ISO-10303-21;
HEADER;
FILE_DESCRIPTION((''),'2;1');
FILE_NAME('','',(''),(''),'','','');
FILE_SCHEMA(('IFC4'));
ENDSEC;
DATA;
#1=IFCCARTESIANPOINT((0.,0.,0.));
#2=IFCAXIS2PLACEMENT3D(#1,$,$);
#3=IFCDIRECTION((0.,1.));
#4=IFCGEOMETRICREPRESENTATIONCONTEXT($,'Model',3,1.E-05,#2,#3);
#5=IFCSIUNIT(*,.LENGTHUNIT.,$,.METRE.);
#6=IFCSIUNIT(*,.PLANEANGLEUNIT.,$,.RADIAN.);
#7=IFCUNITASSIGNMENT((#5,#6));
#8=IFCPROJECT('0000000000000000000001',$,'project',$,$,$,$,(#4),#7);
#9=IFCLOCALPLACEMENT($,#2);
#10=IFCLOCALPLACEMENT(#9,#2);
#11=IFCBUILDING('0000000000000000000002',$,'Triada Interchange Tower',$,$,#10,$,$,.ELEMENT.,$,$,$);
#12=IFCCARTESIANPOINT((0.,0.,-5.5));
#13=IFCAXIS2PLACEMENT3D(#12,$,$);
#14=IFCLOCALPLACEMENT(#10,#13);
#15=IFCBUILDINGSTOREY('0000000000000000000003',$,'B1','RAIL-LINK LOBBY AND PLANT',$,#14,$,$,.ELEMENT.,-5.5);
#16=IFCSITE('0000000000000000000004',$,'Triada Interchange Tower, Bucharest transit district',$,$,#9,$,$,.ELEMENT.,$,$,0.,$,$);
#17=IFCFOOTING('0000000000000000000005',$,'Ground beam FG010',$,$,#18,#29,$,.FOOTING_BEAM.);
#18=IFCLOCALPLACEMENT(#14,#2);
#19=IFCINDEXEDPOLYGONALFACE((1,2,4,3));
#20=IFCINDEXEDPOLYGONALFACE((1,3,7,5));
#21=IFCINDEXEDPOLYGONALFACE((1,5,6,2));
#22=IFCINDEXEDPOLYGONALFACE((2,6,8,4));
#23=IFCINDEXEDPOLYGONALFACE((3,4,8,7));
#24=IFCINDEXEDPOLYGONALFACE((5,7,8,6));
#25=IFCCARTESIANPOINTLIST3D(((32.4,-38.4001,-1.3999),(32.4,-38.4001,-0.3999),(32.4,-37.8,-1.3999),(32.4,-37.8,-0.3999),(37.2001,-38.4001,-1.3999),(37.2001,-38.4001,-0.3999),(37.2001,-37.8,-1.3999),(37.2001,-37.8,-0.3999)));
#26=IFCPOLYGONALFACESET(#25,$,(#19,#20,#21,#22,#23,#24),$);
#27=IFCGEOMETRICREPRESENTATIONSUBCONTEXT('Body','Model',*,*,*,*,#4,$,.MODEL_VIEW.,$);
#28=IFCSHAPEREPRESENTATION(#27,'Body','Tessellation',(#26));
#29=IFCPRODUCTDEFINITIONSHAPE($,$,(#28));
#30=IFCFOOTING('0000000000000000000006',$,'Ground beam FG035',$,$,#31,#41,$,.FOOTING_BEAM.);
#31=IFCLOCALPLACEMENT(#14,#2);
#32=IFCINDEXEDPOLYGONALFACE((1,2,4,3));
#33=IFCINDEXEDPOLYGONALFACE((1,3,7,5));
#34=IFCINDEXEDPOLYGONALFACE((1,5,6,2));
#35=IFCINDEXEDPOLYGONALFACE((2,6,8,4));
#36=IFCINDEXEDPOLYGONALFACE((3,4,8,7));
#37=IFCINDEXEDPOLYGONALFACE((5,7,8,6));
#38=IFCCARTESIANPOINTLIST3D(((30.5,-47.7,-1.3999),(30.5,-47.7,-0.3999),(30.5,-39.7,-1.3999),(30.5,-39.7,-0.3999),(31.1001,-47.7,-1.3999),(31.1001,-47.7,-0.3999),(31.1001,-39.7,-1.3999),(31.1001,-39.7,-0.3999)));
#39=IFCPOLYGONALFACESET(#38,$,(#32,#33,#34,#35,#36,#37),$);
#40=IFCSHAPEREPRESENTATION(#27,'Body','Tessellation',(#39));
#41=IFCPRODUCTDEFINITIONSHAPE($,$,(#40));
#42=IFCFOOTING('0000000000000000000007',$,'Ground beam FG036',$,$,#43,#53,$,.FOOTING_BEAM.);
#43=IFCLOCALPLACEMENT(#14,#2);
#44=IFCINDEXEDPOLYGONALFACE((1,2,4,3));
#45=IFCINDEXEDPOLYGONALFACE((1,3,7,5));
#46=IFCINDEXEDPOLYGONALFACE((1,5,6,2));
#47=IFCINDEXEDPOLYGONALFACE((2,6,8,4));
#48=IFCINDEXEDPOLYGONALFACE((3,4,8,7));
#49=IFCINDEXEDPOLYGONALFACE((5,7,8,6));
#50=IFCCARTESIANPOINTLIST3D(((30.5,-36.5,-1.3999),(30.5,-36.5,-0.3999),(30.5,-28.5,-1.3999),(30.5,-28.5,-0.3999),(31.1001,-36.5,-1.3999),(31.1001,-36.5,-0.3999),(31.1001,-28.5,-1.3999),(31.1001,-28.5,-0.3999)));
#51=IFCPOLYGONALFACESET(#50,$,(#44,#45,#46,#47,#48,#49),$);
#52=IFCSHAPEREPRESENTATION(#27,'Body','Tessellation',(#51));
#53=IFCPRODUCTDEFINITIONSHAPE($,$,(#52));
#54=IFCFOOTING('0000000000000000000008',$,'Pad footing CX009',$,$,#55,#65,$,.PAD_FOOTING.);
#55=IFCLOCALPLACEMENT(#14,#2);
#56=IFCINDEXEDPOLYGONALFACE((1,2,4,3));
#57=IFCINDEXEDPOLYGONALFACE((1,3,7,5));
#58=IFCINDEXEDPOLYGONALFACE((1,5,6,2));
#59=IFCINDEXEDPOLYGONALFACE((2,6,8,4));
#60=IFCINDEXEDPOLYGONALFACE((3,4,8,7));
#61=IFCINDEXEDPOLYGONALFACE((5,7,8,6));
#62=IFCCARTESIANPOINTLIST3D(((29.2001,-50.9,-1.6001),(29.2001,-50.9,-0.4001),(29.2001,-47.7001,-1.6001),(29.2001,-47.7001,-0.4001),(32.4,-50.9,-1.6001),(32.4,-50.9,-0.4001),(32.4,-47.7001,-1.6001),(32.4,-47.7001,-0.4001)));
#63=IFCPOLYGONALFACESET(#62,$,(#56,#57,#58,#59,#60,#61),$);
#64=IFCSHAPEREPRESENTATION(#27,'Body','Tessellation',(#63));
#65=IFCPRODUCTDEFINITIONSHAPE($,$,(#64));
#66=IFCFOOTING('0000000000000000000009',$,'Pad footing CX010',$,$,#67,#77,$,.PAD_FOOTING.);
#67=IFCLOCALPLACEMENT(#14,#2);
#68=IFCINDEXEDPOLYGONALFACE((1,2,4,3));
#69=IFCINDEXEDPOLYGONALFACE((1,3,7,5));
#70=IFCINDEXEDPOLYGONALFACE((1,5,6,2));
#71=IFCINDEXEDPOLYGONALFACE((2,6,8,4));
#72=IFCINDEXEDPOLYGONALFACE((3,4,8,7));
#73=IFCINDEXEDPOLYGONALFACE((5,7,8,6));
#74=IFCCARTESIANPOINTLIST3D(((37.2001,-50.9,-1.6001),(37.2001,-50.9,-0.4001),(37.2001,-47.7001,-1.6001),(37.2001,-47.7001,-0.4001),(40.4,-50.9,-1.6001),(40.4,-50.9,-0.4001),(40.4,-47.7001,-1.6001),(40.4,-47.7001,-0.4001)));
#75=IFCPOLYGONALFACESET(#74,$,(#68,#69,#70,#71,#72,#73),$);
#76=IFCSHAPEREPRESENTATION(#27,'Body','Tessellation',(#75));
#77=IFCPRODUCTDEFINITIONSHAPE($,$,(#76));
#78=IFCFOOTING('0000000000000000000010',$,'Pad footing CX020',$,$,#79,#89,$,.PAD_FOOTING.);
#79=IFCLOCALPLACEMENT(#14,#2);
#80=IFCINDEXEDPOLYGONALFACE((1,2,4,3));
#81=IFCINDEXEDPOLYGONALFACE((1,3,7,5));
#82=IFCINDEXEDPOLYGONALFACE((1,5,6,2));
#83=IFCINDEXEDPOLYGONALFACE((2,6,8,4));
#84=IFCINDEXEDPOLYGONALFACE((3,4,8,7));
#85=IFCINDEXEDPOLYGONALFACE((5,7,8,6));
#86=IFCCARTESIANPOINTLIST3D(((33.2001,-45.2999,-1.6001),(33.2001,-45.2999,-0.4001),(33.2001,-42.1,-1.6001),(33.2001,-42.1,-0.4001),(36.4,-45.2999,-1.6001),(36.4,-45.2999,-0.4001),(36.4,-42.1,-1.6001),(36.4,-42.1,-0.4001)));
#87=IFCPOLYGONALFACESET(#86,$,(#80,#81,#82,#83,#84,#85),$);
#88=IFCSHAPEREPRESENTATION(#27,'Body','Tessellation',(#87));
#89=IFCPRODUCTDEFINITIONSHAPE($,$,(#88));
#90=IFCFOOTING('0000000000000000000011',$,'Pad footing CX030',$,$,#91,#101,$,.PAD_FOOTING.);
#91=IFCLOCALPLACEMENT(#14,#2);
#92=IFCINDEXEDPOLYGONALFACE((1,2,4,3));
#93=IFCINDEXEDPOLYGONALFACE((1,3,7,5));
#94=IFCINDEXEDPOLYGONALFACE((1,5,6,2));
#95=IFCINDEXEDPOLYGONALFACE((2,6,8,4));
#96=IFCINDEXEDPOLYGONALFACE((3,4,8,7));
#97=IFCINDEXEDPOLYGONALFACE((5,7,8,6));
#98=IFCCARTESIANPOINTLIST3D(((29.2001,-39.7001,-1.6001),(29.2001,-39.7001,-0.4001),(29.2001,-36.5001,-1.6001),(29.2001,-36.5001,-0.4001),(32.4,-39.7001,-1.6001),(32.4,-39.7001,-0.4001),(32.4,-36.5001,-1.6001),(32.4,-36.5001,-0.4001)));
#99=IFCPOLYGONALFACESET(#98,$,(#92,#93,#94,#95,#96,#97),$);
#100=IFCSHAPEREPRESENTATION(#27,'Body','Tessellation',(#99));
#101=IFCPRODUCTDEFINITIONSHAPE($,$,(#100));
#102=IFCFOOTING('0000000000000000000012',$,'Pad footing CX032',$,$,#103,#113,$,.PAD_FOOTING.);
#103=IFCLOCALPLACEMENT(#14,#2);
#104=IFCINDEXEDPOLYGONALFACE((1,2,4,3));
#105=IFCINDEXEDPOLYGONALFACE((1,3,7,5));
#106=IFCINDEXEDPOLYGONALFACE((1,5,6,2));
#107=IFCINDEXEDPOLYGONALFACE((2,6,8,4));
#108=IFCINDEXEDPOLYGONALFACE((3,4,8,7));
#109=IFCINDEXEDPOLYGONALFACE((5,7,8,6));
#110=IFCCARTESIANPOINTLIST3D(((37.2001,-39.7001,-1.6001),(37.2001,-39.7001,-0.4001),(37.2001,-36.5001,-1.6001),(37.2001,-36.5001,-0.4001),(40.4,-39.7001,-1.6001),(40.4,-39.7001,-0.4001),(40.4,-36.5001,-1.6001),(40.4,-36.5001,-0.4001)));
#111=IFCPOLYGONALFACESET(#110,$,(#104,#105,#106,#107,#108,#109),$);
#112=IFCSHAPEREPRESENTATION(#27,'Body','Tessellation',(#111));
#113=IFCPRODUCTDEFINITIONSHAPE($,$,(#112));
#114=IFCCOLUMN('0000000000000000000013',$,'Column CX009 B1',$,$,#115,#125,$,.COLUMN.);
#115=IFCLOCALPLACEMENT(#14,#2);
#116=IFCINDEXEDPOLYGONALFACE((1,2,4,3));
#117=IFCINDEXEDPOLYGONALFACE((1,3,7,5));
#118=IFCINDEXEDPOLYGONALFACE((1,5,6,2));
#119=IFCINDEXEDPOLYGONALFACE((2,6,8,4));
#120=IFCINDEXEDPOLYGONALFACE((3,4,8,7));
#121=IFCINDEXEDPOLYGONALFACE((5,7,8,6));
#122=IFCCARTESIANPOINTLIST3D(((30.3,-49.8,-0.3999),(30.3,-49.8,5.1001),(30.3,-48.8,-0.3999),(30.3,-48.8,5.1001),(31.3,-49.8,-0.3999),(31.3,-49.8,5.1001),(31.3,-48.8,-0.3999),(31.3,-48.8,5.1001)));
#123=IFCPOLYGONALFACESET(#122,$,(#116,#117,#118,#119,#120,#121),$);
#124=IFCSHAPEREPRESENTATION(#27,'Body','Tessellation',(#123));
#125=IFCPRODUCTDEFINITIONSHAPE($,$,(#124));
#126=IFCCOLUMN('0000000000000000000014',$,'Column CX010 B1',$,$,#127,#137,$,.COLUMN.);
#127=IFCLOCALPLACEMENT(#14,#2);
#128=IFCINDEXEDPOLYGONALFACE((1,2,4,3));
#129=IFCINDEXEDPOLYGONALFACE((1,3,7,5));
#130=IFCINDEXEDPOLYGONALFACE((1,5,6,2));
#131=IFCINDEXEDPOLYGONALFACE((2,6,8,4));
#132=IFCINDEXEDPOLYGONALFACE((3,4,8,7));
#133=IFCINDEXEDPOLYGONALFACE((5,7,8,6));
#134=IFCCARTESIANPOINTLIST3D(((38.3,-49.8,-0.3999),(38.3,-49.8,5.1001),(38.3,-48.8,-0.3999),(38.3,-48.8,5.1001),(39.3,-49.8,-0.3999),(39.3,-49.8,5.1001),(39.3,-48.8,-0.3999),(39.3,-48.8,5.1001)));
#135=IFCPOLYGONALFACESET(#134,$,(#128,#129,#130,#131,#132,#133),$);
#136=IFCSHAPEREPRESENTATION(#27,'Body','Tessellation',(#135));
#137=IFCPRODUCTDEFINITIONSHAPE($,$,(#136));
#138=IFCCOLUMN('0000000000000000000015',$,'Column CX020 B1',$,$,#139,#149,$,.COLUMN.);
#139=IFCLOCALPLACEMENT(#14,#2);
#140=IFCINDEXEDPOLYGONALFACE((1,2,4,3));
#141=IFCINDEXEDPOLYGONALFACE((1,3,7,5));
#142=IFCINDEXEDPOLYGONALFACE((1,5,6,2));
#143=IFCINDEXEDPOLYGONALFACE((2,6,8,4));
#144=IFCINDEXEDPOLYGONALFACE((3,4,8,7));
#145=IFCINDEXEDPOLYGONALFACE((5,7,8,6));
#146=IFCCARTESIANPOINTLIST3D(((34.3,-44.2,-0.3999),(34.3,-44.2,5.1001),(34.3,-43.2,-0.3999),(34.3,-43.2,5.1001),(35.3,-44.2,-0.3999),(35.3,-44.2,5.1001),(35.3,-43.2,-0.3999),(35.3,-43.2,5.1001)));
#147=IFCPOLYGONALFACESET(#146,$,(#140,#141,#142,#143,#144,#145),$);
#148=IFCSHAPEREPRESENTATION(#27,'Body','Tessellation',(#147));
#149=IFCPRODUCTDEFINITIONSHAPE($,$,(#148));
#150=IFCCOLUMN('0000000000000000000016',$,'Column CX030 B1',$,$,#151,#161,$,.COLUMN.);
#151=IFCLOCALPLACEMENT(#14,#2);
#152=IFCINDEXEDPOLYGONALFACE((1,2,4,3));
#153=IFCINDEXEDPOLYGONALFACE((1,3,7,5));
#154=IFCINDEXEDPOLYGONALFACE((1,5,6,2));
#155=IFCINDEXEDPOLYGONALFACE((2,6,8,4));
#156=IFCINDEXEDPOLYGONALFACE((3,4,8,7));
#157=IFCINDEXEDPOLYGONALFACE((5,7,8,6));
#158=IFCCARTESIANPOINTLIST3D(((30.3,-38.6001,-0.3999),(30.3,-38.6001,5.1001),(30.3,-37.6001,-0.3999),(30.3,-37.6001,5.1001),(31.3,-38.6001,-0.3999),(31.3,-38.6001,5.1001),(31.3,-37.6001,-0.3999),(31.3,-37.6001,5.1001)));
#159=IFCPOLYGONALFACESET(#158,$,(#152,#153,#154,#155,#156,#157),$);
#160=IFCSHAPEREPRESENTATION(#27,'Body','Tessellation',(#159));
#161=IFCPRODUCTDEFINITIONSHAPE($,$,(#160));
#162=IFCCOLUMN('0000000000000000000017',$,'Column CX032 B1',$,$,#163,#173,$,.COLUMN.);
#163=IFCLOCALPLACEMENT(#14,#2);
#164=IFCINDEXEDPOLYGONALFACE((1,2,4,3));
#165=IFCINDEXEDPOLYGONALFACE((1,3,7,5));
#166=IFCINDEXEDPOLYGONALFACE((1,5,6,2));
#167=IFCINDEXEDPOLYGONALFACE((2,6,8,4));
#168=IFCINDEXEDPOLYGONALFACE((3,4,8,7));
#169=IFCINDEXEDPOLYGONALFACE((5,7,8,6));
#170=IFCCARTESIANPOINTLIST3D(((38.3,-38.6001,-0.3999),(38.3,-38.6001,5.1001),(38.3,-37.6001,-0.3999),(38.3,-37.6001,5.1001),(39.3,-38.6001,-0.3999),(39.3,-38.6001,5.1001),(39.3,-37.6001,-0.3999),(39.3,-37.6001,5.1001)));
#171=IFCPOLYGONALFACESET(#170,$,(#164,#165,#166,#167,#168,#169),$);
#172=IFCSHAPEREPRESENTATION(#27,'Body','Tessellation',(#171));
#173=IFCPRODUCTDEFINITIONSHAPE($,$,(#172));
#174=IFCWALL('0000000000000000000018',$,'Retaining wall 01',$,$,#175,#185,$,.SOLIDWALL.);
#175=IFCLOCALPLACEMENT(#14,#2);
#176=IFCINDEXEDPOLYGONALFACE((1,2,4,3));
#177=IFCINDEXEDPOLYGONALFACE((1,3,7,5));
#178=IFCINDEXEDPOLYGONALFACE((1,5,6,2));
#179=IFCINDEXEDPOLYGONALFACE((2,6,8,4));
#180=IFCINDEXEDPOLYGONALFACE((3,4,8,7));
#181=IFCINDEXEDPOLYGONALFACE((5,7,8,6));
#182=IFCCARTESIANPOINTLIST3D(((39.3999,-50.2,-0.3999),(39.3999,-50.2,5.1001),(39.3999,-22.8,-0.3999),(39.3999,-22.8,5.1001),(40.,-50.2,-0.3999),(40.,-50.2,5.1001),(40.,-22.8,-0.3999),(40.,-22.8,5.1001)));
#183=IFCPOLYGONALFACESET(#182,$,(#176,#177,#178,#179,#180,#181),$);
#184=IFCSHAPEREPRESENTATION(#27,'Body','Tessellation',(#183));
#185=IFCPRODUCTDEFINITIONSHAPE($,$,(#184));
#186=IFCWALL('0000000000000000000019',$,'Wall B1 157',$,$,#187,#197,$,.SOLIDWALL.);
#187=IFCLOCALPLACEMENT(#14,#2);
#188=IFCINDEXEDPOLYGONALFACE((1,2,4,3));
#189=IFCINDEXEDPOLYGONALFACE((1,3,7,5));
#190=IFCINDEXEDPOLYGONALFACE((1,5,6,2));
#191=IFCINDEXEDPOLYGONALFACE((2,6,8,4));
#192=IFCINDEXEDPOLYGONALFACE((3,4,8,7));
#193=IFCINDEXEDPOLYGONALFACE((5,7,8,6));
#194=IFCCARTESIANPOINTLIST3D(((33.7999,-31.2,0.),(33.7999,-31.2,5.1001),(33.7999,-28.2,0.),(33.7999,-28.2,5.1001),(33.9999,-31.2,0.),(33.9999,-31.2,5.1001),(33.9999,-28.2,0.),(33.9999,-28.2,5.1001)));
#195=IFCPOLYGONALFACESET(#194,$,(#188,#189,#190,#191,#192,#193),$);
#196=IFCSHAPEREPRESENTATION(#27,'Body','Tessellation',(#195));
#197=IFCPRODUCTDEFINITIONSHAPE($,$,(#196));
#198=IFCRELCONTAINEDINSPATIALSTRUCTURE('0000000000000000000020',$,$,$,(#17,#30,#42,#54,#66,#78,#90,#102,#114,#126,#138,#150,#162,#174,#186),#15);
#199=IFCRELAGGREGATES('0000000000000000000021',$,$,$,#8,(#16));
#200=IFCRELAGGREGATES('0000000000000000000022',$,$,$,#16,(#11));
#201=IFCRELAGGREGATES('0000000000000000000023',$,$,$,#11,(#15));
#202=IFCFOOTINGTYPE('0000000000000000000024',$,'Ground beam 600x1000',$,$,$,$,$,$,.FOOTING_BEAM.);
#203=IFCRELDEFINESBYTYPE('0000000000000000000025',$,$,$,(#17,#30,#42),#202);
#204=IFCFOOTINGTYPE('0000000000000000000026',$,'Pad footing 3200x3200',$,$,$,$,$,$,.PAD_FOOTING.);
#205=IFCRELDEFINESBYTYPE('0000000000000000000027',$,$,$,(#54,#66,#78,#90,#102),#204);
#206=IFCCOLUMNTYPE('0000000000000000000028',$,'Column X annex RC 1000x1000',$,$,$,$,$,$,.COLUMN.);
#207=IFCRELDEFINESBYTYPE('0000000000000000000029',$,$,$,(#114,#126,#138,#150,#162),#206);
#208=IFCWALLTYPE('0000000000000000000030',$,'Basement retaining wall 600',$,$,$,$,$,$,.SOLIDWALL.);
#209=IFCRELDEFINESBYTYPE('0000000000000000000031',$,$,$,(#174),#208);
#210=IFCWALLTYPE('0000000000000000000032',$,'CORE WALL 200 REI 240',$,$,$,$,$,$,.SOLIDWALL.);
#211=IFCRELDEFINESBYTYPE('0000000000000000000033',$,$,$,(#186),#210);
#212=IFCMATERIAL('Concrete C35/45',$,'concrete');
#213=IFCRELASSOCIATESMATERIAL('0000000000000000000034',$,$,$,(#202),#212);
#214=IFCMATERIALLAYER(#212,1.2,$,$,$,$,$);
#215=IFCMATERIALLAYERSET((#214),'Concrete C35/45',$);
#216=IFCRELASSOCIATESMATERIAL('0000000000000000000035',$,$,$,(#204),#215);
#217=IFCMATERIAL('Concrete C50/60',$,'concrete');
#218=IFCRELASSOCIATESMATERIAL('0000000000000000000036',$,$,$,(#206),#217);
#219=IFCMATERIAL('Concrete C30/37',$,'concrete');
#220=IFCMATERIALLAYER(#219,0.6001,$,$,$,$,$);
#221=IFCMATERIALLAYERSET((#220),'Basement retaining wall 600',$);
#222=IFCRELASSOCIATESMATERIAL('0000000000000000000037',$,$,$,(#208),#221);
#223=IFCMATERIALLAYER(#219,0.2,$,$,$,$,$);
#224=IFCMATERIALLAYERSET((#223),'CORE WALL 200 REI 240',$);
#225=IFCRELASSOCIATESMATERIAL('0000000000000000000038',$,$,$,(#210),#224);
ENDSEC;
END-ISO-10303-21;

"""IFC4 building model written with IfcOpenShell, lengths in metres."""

from ifc_helpers import new_model, si_unit, direction, frame, frame_2d, origin, origin_2d, place, context, subcontext, project, spatial, rectangle, extrude, material, layer, layer_set, material_profile, profile_set, type_object, element, save


model = new_model("IFC4")

# Units and contexts
model_context = context("Model", 3, precision=1e-05, world=origin(), true_north=direction((0.0, 1.0)))
body_context = subcontext(model_context, "Body", "Model", "MODEL_VIEW")
ifc_project = project(units=[si_unit("LENGTHUNIT", "METRE"), si_unit("PLANEANGLEUNIT", "RADIAN")], contexts=[model_context])

# Site, building, storey
site_placement = place(None, origin())
site = spatial("IfcSite", under=ifc_project, at=site_placement, Name="Triada Interchange Tower, Bucharest transit district", CompositionType="ELEMENT", RefElevation=0.0)
building_placement = place(site_placement, origin())
building = spatial("IfcBuilding", under=site, at=building_placement, Name="Triada Interchange Tower", CompositionType="ELEMENT")
storey_placement = place(building_placement, frame((0.0, 0.0, -5.5)))
storey = spatial("IfcBuildingStorey", under=building, at=storey_placement, Name="B1", Description="RAIL-LINK LOBBY AND PLANT", CompositionType="ELEMENT", Elevation=-5.5)

# Footings
ifc_material_1 = material(Name="Concrete C35/45", Category="concrete")
footing_type_1 = type_object("IfcFootingType", Name="Ground beam 600x1000", PredefinedType="FOOTING_BEAM", material=ifc_material_1)
footing_placement = place(storey_placement, frame((34.8, -38.1001, -1.3999), z_axis=(0.0, 0.0, 1.0), x_axis=(1.0, 0.0, 0.0)))
element("IfcFooting", 1, at=footing_placement, inside=storey, type_object=footing_type_1, Name="Ground beam FG010", PredefinedType="FOOTING_BEAM", context=body_context, shape_type="SweptSolid", body=[
    extrude(rectangle(XDim=4.8, YDim=0.6001, at=origin_2d()), origin(), (0.0, 0.0, 1.0), 1.0),
])
for number, where, z_axis, x_axis, name in (
    (2, (30.8, -43.7, -1.3999), (0.0, 0.0, 1.0), (1.0, 0.0, 0.0), "Ground beam FG035"),
    (3, (30.8, -32.5, -1.3999), (0.0, 0.0, 1.0), (1.0, 0.0, 0.0), "Ground beam FG036"),
):
    element("IfcFooting", number, at=place(storey_placement, frame(where, z_axis=z_axis, x_axis=x_axis)), inside=storey, type_object=footing_type_1, Name=name, PredefinedType="FOOTING_BEAM", context=body_context, shape_type="SweptSolid", body=[
        extrude(rectangle(XDim=0.6001, YDim=8.0, at=origin_2d()), origin(), (0.0, 0.0, 1.0), 1.0),
    ])
ifc_layer_1 = layer(ifc_material_1, 1.2)
ifc_layer_set_1 = layer_set([ifc_layer_1], Name="Concrete C35/45")
footing_type_2 = type_object("IfcFootingType", Name="Pad footing 3200x3200", PredefinedType="PAD_FOOTING", material=ifc_layer_set_1)
for number, where, z_axis, x_axis, name in (
    (4, (30.8, -49.3, -1.6001), (0.0, 0.0, 1.0), (1.0, 0.0, 0.0), "Pad footing CX009"),
    (5, (38.8, -49.3, -1.6001), (0.0, 0.0, 1.0), (1.0, 0.0, 0.0), "Pad footing CX010"),
    (6, (34.8, -43.7, -1.6001), (0.0, 0.0, 1.0), (1.0, 0.0, 0.0), "Pad footing CX020"),
    (7, (30.8, -38.1001, -1.6001), (0.0, 0.0, 1.0), (1.0, 0.0, 0.0), "Pad footing CX030"),
    (8, (38.8, -38.1001, -1.6001), (0.0, 0.0, 1.0), (1.0, 0.0, 0.0), "Pad footing CX032"),
):
    element("IfcFooting", number, at=place(storey_placement, frame(where, z_axis=z_axis, x_axis=x_axis)), inside=storey, type_object=footing_type_2, Name=name, PredefinedType="PAD_FOOTING", context=body_context, shape_type="SweptSolid", body=[
        extrude(rectangle(XDim=3.2, YDim=3.2, at=origin_2d()), origin(), (0.0, 0.0, 1.0), 1.2),
    ])

# Columns
ifc_material_2 = material(Name="Concrete C50/60", Category="concrete")
ifc_material_profile = material_profile(ifc_material_2, rectangle(XDim=1.0, YDim=1.0, at=origin_2d()), Name="RC 1000x1000")
ifc_profile_set = profile_set([ifc_material_profile], Name="Concrete C50/60")
column_type = type_object("IfcColumnType", Name="Column X annex RC 1000x1000", PredefinedType="COLUMN", material=ifc_profile_set)
for number, where, z_axis, x_axis, name in (
    (9, (30.8, -49.3, -0.3999), (0.0, 0.0, 1.0), (1.0, 0.0, 0.0), "Column CX009 B1"),
    (10, (38.8, -49.3, -0.3999), (0.0, 0.0, 1.0), (1.0, 0.0, 0.0), "Column CX010 B1"),
    (11, (34.8, -43.7, -0.3999), (0.0, 0.0, 1.0), (1.0, 0.0, 0.0), "Column CX020 B1"),
    (12, (30.8, -38.1001, -0.3999), (0.0, 0.0, 1.0), (1.0, 0.0, 0.0), "Column CX030 B1"),
    (13, (38.8, -38.1001, -0.3999), (0.0, 0.0, 1.0), (1.0, 0.0, 0.0), "Column CX032 B1"),
):
    element("IfcColumn", number, at=place(storey_placement, frame(where, z_axis=z_axis, x_axis=x_axis)), inside=storey, type_object=column_type, Name=name, PredefinedType="COLUMN", context=body_context, shape_type="SweptSolid", body=[
        extrude(rectangle(XDim=1.0, YDim=1.0, at=origin_2d()), origin(), (0.0, 0.0, 1.0), 5.5),
    ])

# Walls
ifc_material_3 = material(Name="Concrete C30/37", Category="concrete")
ifc_layer_2 = layer(ifc_material_3, 0.6001)
ifc_layer_set_2 = layer_set([ifc_layer_2], Name="Basement retaining wall 600")
wall_type_1 = type_object("IfcWallType", Name="Basement retaining wall 600", PredefinedType="SOLIDWALL", material=ifc_layer_set_2)
wall_1_placement = place(storey_placement, frame((39.7, -50.2, -0.3999), z_axis=(0.0, 0.0, 1.0), x_axis=(0.0, 1.0, 0.0)))
element("IfcWall", 14, at=wall_1_placement, inside=storey, type_object=wall_type_1, Name="Retaining wall 01", PredefinedType="SOLIDWALL", context=body_context, shape_type="SweptSolid", body=[
    extrude(rectangle(XDim=27.3999, YDim=0.6001, at=frame_2d((13.7, 0.0))), origin(), (0.0, 0.0, 1.0), 5.5),
])
ifc_layer_3 = layer(ifc_material_3, 0.2)
ifc_layer_set_3 = layer_set([ifc_layer_3], Name="CORE WALL 200 REI 240")
wall_type_2 = type_object("IfcWallType", Name="CORE WALL 200 REI 240", PredefinedType="SOLIDWALL", material=ifc_layer_set_3)
wall_2_placement = place(storey_placement, frame((33.8999, -31.2, 0.0), z_axis=(0.0, 0.0, 1.0), x_axis=(0.0, 1.0, 0.0)))
element("IfcWall", 15, at=wall_2_placement, inside=storey, type_object=wall_type_2, Name="Wall B1 157", PredefinedType="SOLIDWALL", context=body_context, shape_type="SweptSolid", body=[
    extrude(rectangle(XDim=3.0, YDim=0.2, at=frame_2d((1.5, 0.0))), origin(), (0.0, 0.0, 1.0), 5.1001),
])

save(model, "model.ifc")
